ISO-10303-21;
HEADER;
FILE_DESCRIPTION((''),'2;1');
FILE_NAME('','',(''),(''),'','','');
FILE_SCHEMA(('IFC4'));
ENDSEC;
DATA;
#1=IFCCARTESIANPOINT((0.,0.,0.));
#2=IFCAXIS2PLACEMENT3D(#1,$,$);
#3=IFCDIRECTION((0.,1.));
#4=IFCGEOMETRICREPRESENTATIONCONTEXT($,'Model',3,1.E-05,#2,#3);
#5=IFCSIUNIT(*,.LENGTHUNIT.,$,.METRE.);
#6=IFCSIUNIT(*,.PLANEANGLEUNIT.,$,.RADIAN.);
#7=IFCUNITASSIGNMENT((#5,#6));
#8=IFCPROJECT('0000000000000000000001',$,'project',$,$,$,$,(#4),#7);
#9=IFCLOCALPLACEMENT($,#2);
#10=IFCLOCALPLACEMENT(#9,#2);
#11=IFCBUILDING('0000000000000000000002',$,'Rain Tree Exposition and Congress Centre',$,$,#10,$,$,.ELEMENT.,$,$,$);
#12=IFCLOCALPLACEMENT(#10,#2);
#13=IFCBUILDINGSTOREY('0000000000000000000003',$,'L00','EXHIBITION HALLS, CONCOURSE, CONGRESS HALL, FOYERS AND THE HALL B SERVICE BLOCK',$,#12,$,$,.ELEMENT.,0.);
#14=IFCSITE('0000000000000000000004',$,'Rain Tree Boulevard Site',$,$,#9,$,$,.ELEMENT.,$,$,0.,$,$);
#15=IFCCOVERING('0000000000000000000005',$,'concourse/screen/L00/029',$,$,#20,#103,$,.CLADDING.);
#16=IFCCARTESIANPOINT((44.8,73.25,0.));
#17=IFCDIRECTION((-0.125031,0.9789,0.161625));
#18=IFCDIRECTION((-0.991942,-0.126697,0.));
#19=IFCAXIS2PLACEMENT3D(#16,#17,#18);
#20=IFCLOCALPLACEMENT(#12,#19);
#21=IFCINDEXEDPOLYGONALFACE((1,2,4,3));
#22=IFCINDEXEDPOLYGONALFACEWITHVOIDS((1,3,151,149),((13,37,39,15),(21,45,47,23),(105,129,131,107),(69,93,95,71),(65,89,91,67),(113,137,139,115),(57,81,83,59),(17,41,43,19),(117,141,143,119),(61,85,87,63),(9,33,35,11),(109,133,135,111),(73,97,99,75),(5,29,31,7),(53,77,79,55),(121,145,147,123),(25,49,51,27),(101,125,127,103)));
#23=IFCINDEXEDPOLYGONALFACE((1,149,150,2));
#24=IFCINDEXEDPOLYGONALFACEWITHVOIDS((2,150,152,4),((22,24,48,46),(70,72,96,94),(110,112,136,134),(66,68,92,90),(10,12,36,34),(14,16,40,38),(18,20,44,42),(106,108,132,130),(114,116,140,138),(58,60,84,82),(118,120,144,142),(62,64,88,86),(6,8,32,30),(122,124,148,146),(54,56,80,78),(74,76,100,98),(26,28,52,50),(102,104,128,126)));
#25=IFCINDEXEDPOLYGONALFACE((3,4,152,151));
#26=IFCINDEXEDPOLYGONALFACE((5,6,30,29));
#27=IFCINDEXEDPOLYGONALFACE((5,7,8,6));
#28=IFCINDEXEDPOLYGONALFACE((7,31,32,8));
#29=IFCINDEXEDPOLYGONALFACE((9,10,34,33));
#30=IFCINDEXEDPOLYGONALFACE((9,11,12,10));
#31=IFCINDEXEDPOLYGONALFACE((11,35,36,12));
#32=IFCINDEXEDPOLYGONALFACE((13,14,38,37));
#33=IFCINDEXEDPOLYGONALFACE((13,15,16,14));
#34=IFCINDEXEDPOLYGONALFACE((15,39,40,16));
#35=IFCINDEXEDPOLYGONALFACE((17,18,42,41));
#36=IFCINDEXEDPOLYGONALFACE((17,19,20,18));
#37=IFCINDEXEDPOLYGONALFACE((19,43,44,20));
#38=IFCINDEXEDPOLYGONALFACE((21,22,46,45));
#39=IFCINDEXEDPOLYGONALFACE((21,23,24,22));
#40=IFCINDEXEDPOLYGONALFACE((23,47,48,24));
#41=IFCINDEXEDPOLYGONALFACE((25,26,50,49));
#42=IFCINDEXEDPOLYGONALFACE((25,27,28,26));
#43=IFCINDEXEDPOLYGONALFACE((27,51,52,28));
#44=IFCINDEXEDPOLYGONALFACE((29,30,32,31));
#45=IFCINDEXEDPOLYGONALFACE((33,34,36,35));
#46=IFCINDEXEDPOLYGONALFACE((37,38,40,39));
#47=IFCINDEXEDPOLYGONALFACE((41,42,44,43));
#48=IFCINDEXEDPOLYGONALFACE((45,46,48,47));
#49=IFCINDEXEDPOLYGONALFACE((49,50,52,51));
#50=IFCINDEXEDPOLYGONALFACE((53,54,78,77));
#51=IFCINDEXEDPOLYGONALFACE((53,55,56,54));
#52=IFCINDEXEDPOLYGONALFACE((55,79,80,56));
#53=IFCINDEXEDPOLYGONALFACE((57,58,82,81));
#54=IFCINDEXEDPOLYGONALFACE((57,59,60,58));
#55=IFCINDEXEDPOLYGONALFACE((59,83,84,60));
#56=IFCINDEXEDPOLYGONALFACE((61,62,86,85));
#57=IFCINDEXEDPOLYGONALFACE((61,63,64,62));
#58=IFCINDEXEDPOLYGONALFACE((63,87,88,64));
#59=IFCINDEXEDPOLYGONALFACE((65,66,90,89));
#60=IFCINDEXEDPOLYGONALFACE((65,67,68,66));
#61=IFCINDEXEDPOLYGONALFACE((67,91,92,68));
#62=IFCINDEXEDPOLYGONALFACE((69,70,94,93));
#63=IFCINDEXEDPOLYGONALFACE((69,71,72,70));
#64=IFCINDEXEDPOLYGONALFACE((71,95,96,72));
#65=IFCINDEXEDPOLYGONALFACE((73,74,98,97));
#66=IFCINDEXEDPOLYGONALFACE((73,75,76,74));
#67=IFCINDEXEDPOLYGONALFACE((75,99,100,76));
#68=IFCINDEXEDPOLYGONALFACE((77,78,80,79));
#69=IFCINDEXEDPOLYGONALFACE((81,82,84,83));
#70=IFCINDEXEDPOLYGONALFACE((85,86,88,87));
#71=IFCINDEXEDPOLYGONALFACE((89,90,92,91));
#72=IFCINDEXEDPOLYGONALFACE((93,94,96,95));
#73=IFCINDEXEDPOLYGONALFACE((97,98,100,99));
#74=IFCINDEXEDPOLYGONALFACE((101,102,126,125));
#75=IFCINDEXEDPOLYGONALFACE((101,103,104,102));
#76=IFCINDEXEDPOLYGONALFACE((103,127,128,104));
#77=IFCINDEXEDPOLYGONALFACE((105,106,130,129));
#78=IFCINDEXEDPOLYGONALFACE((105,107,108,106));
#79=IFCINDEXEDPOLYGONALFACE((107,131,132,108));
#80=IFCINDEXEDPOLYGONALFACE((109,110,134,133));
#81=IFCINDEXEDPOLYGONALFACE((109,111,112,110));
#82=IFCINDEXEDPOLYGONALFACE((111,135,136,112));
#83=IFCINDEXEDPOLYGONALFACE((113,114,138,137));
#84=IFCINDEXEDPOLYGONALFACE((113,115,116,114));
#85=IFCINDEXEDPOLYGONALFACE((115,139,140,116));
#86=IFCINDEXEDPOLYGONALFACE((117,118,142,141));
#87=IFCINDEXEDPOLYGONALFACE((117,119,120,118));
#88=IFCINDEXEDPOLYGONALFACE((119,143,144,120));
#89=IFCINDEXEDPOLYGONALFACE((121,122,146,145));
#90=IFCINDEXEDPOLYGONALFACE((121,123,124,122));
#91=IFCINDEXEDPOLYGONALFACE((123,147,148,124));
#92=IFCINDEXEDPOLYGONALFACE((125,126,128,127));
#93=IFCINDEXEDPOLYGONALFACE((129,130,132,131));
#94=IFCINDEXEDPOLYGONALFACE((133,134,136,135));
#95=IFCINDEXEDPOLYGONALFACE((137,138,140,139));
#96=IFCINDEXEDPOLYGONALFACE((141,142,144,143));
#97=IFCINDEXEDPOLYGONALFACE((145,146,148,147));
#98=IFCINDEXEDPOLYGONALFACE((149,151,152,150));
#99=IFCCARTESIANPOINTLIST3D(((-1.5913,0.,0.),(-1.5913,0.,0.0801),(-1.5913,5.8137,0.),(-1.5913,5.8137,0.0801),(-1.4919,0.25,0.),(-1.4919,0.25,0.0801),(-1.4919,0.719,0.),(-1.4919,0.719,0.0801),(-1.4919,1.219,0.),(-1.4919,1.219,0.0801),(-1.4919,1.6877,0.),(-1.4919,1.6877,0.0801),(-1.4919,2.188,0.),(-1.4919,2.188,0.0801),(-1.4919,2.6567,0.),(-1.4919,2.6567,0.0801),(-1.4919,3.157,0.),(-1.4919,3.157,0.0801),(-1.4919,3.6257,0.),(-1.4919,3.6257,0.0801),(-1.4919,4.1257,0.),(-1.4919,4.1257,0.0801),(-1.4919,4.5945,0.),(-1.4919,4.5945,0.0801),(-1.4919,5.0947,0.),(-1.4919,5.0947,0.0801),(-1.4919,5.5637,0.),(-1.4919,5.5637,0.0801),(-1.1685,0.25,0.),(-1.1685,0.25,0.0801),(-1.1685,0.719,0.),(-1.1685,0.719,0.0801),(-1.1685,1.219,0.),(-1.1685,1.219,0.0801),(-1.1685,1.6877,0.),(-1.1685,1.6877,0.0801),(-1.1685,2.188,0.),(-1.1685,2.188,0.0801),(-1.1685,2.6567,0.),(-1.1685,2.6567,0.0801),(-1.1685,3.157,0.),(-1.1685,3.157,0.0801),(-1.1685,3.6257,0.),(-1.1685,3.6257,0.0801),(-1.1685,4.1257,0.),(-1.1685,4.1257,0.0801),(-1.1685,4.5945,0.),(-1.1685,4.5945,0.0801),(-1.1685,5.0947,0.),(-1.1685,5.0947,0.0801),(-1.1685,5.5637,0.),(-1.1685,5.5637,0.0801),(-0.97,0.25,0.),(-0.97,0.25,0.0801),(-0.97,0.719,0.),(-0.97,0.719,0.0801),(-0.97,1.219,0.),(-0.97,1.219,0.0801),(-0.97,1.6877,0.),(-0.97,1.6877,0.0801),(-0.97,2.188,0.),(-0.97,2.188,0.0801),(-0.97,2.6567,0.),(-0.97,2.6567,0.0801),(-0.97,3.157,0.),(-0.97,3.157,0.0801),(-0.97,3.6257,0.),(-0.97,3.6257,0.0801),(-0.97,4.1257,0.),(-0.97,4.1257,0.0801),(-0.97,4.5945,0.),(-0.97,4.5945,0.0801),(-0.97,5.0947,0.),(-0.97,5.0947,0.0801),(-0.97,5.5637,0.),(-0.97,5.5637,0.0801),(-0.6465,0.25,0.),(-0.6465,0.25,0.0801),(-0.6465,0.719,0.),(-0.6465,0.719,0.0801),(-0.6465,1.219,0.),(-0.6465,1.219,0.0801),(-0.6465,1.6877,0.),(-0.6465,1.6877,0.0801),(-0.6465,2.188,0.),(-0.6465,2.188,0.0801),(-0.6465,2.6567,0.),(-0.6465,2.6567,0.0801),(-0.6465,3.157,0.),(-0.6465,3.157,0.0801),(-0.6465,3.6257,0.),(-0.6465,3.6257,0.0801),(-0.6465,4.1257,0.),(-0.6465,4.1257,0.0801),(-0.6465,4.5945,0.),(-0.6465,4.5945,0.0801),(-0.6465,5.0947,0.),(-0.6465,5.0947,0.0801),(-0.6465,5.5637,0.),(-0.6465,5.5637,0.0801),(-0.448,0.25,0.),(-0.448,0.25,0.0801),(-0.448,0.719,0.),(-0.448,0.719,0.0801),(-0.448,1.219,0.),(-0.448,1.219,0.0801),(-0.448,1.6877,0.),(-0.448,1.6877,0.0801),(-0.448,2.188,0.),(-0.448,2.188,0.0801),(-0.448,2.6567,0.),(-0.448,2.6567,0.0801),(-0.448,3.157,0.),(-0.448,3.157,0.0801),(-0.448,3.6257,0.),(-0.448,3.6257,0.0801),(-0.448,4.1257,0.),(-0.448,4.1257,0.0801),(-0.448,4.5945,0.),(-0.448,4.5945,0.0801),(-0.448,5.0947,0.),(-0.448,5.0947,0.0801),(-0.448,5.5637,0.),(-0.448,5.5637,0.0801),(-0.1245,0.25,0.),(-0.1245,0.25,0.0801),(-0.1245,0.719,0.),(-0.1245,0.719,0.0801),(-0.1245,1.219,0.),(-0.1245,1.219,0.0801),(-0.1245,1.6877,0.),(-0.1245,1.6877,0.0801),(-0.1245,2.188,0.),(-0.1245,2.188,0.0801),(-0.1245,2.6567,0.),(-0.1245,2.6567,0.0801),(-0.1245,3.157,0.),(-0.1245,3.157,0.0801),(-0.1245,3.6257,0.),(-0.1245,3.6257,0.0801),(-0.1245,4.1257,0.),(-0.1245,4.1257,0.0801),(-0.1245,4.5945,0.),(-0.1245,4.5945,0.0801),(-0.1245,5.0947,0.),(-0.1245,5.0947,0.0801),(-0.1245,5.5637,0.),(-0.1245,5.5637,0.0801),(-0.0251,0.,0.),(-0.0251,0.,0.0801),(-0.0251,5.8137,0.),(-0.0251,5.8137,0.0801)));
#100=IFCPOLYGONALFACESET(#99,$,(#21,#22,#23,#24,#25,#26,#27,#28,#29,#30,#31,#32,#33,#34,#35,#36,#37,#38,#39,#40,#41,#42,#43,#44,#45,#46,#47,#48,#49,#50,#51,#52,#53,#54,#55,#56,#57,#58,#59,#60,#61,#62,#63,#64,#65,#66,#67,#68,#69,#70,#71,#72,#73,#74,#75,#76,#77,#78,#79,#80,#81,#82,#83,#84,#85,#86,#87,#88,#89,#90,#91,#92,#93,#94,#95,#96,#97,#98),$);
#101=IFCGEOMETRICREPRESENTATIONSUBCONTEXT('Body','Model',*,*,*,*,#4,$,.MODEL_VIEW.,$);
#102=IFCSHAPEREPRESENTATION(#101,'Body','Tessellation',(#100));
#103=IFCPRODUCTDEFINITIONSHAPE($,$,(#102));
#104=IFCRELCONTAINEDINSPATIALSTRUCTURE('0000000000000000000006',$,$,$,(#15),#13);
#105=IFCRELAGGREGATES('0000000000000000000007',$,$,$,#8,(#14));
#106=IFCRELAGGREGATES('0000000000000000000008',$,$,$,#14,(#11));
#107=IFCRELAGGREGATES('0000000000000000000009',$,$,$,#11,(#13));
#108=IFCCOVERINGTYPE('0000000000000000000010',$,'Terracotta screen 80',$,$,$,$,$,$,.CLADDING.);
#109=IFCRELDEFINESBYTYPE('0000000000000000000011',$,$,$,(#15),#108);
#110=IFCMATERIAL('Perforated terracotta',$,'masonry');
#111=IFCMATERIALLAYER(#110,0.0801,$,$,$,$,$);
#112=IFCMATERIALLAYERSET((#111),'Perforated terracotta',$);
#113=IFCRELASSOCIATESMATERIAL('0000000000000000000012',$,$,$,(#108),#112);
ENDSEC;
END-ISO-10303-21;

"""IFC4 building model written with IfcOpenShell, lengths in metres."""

from ifc_helpers import new_model, si_unit, direction, frame, origin, place, context, subcontext, project, spatial, polyline, outline, extrude, material, layer, layer_set, type_object, element, save


model = new_model("IFC4")

# Units and contexts
model_context = context("Model", 3, precision=1e-05, world=origin(), true_north=direction((0.0, 1.0)))
body_context = subcontext(model_context, "Body", "Model", "MODEL_VIEW")
ifc_project = project(units=[si_unit("LENGTHUNIT", "METRE"), si_unit("PLANEANGLEUNIT", "RADIAN")], contexts=[model_context])

# Site, building, storey
site_placement = place(None, origin())
site = spatial("IfcSite", under=ifc_project, at=site_placement, Name="Rain Tree Boulevard Site", CompositionType="ELEMENT", RefElevation=0.0)
building_placement = place(site_placement, origin())
building = spatial("IfcBuilding", under=site, at=building_placement, Name="Rain Tree Exposition and Congress Centre", CompositionType="ELEMENT")
storey_placement = place(building_placement, origin())
storey = spatial("IfcBuildingStorey", under=building, at=storey_placement, Name="L00", Description="EXHIBITION HALLS, CONCOURSE, CONGRESS HALL, FOYERS AND THE HALL B SERVICE BLOCK", CompositionType="ELEMENT", Elevation=0.0)

# Covering
ifc_material_1 = material(Name="Perforated terracotta", Category="masonry")
ifc_layer_1 = layer(ifc_material_1, 0.0801)
ifc_layer_set_1 = layer_set([ifc_layer_1], Name="Perforated terracotta")
covering_type = type_object("IfcCoveringType", Name="Terracotta screen 80", PredefinedType="CLADDING", material=ifc_layer_set_1)
covering_1_placement = place(storey_placement, frame((44.8, 73.25, 0.0), z_axis=(-0.125031, 0.9789, 0.161625), x_axis=(-0.991942, -0.126697, 0.0)))
element("IfcCovering", 1, at=covering_1_placement, inside=storey, type_object=covering_type, Name="concourse/screen/L00/029", PredefinedType="CLADDING", context=body_context, shape_type="SweptSolid", body=[
    extrude(outline(polyline([(-0.0251, 0.0), (-1.5913, 0.0), (-1.5913, 5.8137), (-0.0251, 5.8137), (-0.0251, 0.0)]), holes=[polyline([(-0.1245, 0.25), (-0.1245, 0.719), (-0.448, 0.719), (-0.448, 0.25), (-0.1245, 0.25)]), polyline([(-0.1245, 1.219), (-0.1245, 1.6877), (-0.448, 1.6877), (-0.448, 1.219), (-0.1245, 1.219)]), polyline([(-0.1245, 2.188), (-0.1245, 2.6567), (-0.448, 2.6567), (-0.448, 2.188), (-0.1245, 2.188)]), polyline([(-0.1245, 3.157), (-0.1245, 3.6257), (-0.448, 3.6257), (-0.448, 3.157), (-0.1245, 3.157)]), polyline([(-0.1245, 4.1257), (-0.1245, 4.5945), (-0.448, 4.5945), (-0.448, 4.1257), (-0.1245, 4.1257)]), polyline([(-0.1245, 5.0947), (-0.1245, 5.5637), (-0.448, 5.5637), (-0.448, 5.0947), (-0.1245, 5.0947)]), polyline([(-0.6465, 0.25), (-0.6465, 0.719), (-0.97, 0.719), (-0.97, 0.25), (-0.6465, 0.25)]), polyline([(-0.6465, 1.219), (-0.6465, 1.6877), (-0.97, 1.6877), (-0.97, 1.219), (-0.6465, 1.219)]), polyline([(-0.6465, 2.188), (-0.6465, 2.6567), (-0.97, 2.6567), (-0.97, 2.188), (-0.6465, 2.188)]), polyline([(-0.6465, 3.157), (-0.6465, 3.6257), (-0.97, 3.6257), (-0.97, 3.157), (-0.6465, 3.157)]), polyline([(-0.6465, 4.1257), (-0.6465, 4.5945), (-0.97, 4.5945), (-0.97, 4.1257), (-0.6465, 4.1257)]), polyline([(-0.6465, 5.0947), (-0.6465, 5.5637), (-0.97, 5.5637), (-0.97, 5.0947), (-0.6465, 5.0947)]), polyline([(-1.1685, 0.25), (-1.1685, 0.719), (-1.4919, 0.719), (-1.4919, 0.25), (-1.1685, 0.25)]), polyline([(-1.1685, 1.219), (-1.1685, 1.6877), (-1.4919, 1.6877), (-1.4919, 1.219), (-1.1685, 1.219)]), polyline([(-1.1685, 2.188), (-1.1685, 2.6567), (-1.4919, 2.6567), (-1.4919, 2.188), (-1.1685, 2.188)]), polyline([(-1.1685, 3.157), (-1.1685, 3.6257), (-1.4919, 3.6257), (-1.4919, 3.157), (-1.1685, 3.157)]), polyline([(-1.1685, 4.1257), (-1.1685, 4.5945), (-1.4919, 4.5945), (-1.4919, 4.1257), (-1.1685, 4.1257)]), polyline([(-1.1685, 5.0947), (-1.1685, 5.5637), (-1.4919, 5.5637), (-1.4919, 5.0947), (-1.1685, 5.0947)])]), origin(), (0.0, 0.0, 1.0), 0.0801),
])

save(model, "model.ifc")
